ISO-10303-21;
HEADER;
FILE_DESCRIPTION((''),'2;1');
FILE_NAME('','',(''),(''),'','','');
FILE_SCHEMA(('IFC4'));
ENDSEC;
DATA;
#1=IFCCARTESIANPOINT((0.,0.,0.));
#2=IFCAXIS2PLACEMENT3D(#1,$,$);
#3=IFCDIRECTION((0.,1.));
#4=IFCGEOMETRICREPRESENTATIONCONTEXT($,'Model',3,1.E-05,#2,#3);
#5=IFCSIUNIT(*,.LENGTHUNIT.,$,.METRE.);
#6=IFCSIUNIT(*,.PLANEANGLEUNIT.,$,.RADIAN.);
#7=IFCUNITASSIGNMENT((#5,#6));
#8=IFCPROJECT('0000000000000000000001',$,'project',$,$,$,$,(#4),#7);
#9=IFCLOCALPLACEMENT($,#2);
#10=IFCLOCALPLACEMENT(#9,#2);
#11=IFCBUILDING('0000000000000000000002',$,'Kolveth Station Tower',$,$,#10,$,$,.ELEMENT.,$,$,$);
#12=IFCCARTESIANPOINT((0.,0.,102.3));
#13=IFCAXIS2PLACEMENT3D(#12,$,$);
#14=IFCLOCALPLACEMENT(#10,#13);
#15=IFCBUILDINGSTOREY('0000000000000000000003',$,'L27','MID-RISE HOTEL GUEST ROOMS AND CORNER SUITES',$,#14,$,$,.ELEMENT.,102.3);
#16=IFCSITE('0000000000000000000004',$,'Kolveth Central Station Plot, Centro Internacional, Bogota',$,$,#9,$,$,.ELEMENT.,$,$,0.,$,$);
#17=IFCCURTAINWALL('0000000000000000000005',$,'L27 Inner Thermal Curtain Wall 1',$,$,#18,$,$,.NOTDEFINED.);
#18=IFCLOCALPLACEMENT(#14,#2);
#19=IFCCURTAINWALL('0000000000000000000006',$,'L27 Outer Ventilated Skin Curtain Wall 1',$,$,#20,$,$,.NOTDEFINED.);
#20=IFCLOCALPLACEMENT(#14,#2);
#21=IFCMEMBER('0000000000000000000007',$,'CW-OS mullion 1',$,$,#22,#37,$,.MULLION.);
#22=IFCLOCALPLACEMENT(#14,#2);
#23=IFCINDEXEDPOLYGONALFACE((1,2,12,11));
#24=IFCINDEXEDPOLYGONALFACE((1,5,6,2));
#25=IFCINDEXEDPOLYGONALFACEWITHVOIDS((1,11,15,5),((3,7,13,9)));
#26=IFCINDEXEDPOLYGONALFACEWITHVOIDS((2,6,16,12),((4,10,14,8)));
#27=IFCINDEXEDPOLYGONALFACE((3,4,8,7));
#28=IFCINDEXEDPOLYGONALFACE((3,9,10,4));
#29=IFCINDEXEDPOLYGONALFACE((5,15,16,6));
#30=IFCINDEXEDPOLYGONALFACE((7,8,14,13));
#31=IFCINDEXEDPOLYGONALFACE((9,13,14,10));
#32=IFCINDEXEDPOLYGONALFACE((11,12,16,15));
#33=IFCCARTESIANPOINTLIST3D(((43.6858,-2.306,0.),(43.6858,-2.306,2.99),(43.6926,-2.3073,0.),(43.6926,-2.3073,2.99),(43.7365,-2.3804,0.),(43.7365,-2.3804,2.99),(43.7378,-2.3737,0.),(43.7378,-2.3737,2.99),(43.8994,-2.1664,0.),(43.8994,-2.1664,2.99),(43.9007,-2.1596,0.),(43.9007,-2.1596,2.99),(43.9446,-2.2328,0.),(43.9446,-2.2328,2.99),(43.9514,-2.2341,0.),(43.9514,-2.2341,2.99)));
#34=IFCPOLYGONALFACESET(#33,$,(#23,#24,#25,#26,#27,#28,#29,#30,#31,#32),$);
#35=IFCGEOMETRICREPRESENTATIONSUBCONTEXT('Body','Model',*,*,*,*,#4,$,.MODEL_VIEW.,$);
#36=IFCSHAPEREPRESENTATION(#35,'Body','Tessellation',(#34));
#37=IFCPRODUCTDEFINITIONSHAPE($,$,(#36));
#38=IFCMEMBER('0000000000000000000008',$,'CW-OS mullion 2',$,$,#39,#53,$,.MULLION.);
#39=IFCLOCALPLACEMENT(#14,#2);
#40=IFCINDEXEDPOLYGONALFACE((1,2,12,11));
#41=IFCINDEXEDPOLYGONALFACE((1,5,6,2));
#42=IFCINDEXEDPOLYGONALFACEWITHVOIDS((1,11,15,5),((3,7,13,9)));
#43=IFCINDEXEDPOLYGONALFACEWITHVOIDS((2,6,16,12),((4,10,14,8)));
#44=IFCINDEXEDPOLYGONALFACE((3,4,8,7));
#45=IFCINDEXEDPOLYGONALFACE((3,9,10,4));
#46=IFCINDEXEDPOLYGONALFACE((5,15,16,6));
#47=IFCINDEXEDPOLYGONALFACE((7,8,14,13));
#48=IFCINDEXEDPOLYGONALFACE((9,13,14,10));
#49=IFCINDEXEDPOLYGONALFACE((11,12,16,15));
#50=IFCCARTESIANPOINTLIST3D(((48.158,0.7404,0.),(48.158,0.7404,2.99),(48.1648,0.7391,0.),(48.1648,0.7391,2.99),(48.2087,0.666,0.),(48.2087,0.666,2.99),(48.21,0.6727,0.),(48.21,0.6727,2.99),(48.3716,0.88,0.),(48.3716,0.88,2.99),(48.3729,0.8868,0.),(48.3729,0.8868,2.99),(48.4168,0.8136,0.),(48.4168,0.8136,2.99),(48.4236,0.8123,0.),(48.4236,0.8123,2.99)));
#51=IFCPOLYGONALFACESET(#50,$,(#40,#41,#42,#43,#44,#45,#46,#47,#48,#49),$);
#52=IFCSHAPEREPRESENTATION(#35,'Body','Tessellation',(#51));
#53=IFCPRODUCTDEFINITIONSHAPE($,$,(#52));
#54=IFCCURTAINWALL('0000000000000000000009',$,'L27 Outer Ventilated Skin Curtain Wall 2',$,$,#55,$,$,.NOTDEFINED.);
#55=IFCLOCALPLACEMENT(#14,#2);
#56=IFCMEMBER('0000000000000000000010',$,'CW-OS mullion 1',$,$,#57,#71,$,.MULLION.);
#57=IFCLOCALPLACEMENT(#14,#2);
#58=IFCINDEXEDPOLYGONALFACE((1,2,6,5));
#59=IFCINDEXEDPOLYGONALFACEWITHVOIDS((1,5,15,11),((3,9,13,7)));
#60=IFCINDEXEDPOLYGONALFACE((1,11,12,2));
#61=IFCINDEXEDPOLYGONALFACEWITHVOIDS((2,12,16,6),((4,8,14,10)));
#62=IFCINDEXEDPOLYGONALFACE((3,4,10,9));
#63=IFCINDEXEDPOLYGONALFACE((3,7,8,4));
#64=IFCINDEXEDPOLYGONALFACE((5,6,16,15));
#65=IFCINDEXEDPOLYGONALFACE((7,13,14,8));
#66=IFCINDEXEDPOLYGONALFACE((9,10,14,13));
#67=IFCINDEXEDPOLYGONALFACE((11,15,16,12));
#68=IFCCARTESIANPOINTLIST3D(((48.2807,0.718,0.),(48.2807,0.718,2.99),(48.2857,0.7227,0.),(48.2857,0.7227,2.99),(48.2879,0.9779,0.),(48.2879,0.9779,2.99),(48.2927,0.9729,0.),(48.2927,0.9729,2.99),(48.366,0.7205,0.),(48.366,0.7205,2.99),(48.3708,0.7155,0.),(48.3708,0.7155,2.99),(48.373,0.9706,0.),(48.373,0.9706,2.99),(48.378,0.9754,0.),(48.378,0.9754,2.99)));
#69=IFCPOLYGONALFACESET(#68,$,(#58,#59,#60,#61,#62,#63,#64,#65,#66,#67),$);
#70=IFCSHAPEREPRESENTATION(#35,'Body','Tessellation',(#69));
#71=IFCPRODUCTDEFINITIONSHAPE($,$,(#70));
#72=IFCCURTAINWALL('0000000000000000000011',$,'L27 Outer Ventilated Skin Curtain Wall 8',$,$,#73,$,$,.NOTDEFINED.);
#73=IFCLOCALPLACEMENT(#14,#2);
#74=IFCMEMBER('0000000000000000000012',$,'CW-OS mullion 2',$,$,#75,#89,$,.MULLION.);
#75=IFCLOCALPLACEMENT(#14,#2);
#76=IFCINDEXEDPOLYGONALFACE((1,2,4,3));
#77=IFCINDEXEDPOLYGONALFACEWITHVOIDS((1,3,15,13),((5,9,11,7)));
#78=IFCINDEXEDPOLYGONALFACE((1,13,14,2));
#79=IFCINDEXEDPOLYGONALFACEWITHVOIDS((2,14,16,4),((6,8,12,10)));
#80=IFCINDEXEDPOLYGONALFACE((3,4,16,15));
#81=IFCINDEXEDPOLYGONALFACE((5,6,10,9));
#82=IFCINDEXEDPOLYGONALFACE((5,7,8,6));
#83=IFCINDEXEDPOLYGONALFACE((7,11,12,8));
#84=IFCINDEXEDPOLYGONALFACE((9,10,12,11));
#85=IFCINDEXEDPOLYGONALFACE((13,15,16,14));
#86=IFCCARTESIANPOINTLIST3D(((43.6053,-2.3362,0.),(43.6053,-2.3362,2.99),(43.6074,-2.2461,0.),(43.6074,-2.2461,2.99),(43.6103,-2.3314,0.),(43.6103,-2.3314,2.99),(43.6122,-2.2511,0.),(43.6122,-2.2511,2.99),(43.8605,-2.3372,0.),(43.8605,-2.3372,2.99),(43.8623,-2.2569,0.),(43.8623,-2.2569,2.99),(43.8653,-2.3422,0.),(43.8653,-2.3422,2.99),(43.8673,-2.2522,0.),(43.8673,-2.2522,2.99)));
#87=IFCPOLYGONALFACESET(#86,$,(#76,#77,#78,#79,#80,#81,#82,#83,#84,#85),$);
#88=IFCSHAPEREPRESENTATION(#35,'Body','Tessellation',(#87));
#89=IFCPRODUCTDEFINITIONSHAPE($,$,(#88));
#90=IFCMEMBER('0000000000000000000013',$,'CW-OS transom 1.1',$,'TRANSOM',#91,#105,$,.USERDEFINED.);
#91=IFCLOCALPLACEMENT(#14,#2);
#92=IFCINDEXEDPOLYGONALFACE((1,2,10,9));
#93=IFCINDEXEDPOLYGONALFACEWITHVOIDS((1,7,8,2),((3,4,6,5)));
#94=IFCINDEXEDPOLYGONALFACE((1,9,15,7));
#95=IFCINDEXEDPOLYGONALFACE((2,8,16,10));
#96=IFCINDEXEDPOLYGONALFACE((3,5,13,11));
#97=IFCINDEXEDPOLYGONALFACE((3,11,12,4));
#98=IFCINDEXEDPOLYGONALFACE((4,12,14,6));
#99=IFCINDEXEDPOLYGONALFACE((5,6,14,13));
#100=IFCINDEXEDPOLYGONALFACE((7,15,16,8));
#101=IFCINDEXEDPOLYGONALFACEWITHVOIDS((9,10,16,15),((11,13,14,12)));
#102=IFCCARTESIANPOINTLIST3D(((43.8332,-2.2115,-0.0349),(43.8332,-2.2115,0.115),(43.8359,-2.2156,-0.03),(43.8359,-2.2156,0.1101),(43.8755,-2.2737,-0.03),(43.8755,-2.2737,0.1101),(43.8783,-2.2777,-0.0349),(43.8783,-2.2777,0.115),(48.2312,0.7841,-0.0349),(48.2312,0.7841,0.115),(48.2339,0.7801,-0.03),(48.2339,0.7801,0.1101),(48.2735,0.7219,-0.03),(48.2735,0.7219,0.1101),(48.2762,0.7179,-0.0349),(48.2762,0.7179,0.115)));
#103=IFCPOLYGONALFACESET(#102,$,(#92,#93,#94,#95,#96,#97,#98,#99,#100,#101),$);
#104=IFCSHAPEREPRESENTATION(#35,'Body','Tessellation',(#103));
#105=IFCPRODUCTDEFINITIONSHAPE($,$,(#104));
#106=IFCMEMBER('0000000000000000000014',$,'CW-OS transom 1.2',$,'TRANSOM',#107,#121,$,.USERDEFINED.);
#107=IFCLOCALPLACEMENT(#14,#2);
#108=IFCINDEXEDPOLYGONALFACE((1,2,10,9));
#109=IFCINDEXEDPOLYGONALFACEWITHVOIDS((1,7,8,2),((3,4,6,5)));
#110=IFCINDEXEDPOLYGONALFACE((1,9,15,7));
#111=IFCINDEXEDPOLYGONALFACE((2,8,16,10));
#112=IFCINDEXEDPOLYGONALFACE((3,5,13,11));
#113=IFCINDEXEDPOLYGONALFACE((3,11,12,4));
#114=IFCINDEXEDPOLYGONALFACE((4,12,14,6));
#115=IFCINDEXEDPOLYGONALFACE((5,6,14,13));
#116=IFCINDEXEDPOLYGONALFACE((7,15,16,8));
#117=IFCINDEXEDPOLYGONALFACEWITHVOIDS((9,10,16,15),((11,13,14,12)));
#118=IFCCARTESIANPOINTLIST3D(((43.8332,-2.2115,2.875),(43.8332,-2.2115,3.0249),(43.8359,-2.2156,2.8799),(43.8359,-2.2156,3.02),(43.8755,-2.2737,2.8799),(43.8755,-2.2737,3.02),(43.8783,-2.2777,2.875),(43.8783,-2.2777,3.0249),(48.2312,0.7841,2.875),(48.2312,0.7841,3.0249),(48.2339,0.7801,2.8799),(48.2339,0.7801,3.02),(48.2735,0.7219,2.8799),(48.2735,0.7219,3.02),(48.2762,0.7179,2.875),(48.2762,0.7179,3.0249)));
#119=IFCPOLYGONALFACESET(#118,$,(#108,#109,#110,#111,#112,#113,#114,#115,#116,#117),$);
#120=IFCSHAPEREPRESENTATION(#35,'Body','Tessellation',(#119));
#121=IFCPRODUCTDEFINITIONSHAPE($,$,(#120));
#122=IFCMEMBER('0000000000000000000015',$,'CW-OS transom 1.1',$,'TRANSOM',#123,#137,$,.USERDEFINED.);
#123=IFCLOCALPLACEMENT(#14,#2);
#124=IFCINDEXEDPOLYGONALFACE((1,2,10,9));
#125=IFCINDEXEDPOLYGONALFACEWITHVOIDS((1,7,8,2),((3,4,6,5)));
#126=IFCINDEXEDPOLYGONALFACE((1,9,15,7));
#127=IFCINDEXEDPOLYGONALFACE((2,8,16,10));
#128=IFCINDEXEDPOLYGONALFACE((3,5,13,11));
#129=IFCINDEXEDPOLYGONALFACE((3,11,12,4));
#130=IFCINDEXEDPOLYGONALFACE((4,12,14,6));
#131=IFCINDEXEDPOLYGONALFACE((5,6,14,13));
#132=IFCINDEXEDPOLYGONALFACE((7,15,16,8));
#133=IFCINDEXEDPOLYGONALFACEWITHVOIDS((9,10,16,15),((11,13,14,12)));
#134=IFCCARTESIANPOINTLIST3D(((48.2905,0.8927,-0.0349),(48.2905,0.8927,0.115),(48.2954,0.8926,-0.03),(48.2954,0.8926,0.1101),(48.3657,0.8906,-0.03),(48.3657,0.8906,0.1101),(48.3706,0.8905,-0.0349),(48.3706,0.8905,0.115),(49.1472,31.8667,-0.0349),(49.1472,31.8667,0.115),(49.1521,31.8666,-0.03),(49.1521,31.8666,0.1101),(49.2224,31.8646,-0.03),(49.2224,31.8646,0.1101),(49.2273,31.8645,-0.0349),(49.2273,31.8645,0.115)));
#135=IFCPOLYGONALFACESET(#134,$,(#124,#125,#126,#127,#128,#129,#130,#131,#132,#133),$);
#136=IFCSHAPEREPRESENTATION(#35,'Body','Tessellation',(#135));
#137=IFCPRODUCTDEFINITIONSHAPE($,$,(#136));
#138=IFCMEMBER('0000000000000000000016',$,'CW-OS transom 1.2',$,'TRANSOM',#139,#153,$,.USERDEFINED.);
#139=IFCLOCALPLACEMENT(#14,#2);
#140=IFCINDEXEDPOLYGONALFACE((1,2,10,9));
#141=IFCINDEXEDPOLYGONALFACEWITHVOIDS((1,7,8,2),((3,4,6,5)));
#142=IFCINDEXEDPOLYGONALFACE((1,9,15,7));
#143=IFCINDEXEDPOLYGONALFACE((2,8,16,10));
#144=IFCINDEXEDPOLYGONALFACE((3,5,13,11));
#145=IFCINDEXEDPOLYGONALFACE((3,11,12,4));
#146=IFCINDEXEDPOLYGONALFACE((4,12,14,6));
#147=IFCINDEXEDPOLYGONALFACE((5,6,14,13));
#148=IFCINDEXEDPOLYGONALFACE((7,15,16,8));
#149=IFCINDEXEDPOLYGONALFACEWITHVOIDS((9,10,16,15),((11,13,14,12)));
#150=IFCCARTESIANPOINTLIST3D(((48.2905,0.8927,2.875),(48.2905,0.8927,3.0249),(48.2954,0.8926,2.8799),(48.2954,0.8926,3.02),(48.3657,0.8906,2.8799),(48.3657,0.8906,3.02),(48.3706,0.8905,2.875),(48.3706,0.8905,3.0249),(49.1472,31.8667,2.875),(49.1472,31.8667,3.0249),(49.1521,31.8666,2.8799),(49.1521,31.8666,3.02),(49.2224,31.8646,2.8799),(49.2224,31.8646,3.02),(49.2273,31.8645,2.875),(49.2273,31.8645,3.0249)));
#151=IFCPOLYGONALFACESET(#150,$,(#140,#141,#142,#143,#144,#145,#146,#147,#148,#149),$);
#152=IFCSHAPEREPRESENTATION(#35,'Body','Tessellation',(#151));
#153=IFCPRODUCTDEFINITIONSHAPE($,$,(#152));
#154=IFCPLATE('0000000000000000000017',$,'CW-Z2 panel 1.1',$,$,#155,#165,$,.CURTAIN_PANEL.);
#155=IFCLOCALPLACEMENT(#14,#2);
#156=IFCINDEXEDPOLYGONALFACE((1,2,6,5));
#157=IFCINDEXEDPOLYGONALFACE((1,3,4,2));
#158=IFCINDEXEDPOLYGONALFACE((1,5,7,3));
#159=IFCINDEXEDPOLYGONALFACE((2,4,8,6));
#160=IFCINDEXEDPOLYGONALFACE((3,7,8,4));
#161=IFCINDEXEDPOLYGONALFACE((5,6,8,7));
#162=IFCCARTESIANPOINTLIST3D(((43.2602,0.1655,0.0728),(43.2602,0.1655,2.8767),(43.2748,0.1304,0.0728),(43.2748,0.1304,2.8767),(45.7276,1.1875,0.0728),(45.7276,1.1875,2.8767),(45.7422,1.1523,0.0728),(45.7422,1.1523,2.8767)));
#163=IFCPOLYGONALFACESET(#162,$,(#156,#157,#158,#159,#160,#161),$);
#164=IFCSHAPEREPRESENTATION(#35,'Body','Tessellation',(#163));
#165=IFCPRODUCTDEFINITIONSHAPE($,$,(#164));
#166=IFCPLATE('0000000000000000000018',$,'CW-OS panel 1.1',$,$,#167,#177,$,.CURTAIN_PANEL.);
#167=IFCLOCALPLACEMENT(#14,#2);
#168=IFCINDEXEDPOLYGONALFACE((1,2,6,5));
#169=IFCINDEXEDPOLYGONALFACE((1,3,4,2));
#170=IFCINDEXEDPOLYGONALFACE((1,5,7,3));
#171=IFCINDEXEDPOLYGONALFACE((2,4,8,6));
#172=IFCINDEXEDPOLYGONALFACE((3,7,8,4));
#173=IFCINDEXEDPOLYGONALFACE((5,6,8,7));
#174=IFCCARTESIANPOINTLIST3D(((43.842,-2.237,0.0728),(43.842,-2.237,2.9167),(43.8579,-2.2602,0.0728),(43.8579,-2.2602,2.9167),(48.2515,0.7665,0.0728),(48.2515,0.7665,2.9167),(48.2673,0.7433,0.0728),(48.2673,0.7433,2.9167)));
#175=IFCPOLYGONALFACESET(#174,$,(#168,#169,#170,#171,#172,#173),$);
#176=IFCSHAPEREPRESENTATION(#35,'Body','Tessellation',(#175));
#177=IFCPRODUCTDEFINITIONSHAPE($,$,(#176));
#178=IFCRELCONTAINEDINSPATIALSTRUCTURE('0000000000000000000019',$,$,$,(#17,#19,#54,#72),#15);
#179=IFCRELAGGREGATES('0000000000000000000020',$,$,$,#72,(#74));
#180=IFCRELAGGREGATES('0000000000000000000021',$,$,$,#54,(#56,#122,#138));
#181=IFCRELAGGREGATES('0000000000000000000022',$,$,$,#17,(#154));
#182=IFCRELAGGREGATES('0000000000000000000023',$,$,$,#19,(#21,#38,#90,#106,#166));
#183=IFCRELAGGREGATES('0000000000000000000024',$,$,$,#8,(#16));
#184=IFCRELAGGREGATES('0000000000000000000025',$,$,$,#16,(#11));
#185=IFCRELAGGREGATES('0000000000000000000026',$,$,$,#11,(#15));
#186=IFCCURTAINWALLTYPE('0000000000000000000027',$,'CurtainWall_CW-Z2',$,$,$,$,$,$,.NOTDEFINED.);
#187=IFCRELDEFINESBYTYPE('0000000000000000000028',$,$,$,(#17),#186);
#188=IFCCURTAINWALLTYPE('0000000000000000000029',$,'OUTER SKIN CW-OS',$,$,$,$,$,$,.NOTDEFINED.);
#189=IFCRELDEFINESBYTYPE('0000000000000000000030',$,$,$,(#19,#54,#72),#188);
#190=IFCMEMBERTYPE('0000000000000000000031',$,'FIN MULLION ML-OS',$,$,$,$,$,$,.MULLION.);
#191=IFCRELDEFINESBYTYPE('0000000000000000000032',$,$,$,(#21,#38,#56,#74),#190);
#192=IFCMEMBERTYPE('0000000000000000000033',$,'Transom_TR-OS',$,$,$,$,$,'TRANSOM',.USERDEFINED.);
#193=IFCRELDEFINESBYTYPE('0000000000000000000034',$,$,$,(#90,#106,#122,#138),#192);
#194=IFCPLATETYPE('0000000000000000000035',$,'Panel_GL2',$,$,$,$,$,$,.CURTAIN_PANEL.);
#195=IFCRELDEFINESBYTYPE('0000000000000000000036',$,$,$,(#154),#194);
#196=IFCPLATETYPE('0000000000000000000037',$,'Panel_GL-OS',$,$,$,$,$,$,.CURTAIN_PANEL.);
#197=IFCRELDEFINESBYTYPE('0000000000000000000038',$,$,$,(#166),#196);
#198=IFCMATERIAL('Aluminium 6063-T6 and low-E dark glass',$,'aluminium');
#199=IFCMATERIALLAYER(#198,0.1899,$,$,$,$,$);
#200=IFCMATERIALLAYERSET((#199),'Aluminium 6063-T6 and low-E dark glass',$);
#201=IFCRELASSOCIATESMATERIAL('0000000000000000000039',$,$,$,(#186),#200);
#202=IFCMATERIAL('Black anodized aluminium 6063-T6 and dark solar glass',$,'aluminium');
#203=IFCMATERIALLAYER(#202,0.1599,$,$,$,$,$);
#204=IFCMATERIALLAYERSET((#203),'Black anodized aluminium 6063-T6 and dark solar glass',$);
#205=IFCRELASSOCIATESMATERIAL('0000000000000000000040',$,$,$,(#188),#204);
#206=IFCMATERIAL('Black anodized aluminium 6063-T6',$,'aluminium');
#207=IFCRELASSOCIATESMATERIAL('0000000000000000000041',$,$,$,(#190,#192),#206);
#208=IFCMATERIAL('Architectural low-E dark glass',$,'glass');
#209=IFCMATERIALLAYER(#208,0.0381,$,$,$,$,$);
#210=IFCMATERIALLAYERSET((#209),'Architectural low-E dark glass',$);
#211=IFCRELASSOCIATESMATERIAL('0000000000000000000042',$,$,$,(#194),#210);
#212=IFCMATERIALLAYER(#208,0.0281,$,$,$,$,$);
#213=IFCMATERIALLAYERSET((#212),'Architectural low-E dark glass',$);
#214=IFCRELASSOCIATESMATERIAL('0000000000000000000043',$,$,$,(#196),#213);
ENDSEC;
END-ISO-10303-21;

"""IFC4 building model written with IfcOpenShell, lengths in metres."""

from ifc_helpers import new_model, si_unit, direction, frame, origin, origin_2d, place, context, subcontext, project, spatial, rectangle, hollow_rectangle, extrude, source, transform, mapped, material, layer, layer_set, material_profile, profile_set, type_object, element, aggregate, save


model = new_model("IFC4")

# Units and contexts
model_context = context("Model", 3, precision=1e-05, world=origin(), true_north=direction((0.0, 1.0)))
body_context = subcontext(model_context, "Body", "Model", "MODEL_VIEW")
ifc_project = project(units=[si_unit("LENGTHUNIT", "METRE"), si_unit("PLANEANGLEUNIT", "RADIAN")], contexts=[model_context])

# Site, building, storey
site_placement = place(None, origin())
site = spatial("IfcSite", under=ifc_project, at=site_placement, Name="Kolveth Central Station Plot, Centro Internacional, Bogota", CompositionType="ELEMENT", RefElevation=0.0)
building_placement = place(site_placement, origin())
building = spatial("IfcBuilding", under=site, at=building_placement, Name="Kolveth Station Tower", CompositionType="ELEMENT")
storey_placement = place(building_placement, frame((0.0, 0.0, 102.3)))
storey = spatial("IfcBuildingStorey", under=building, at=storey_placement, Name="L27", Description="MID-RISE HOTEL GUEST ROOMS AND CORNER SUITES", CompositionType="ELEMENT", Elevation=102.3)

# Curtain wall
ifc_material_1 = material(Name="Aluminium 6063-T6 and low-E dark glass", Category="aluminium")
ifc_layer_1 = layer(ifc_material_1, 0.1899)
ifc_layer_set_1 = layer_set([ifc_layer_1], Name="Aluminium 6063-T6 and low-E dark glass")
curtain_wall_type_1 = type_object("IfcCurtainWallType", Name="CurtainWall_CW-Z2", PredefinedType="NOTDEFINED", material=ifc_layer_set_1)
curtain_wall_1_placement = place(storey_placement, origin())
curtain_wall_1 = element("IfcCurtainWall", 1, at=curtain_wall_1_placement, inside=storey, type_object=curtain_wall_type_1, Name="L27 Inner Thermal Curtain Wall 1", PredefinedType="NOTDEFINED")
ifc_material_2 = material(Name="Black anodized aluminium 6063-T6", Category="aluminium")

# Curtain wall, members
ifc_material_3 = material(Name="Black anodized aluminium 6063-T6 and dark solar glass", Category="aluminium")
ifc_layer_2 = layer(ifc_material_3, 0.1599)
ifc_layer_set_2 = layer_set([ifc_layer_2], Name="Black anodized aluminium 6063-T6 and dark solar glass")
curtain_wall_type_2 = type_object("IfcCurtainWallType", Name="OUTER SKIN CW-OS", PredefinedType="NOTDEFINED", material=ifc_layer_set_2)
curtain_wall_2_placement = place(storey_placement, origin())
curtain_wall_2 = element("IfcCurtainWall", 2, at=curtain_wall_2_placement, inside=storey, type_object=curtain_wall_type_2, Name="L27 Outer Ventilated Skin Curtain Wall 1", PredefinedType="NOTDEFINED")
ifc_material_profile_1 = material_profile(ifc_material_2, hollow_rectangle(XDim=0.0901, YDim=0.26, WallThickness=0.0049, at=origin_2d()), Name="ALU-90x260x5")
ifc_profile_set_1 = profile_set([ifc_material_profile_1], Name="Black anodized aluminium 6063-T6")
member_type_1 = type_object("IfcMemberType", Name="FIN MULLION ML-OS", PredefinedType="MULLION", material=ifc_profile_set_1)
shared_shape_1 = source(origin(), body_context, "Body", "SweptSolid", [
    extrude(hollow_rectangle(XDim=0.0901, YDim=0.26, WallThickness=0.0049, at=origin_2d()), origin(), (0.0, 0.0, 1.0), 2.99),
])
member_1_placement = place(storey_placement, frame((43.8186, -2.27, 0.0), z_axis=(0.0, 0.0, 1.0), x_axis=(-0.562958, 0.826486, 0.0)))
member_1 = element("IfcMember", 3, at=member_1_placement, type_object=member_type_1, Name="CW-OS mullion 1", PredefinedType="MULLION", context=body_context, shape_type="MappedRepresentation", body=[
    mapped(shared_shape_1, transform((0.0, 0.0, 0.0), x_axis=(1.0, 0.0, 0.0), y_axis=(0.0, 1.0, 0.0), z_axis=(0.0, 0.0, 1.0), scale=1.0)),
])
member_2_placement = place(storey_placement, frame((48.2908, 0.7764, 0.0), z_axis=(0.0, 0.0, 1.0), x_axis=(-0.562958, 0.826486, 0.0)))
member_2 = element("IfcMember", 4, at=member_2_placement, type_object=member_type_1, Name="CW-OS mullion 2", PredefinedType="MULLION", context=body_context, shape_type="MappedRepresentation", body=[
    mapped(shared_shape_1, transform((0.0, 0.0, 0.0), x_axis=(1.0, 0.0, 0.0), y_axis=(0.0, 1.0, 0.0), z_axis=(0.0, 0.0, 1.0), scale=1.0)),
])

# Curtain walls, members
curtain_wall_3_placement = place(storey_placement, origin())
curtain_wall_3 = element("IfcCurtainWall", 5, at=curtain_wall_3_placement, inside=storey, type_object=curtain_wall_type_2, Name="L27 Outer Ventilated Skin Curtain Wall 2", PredefinedType="NOTDEFINED")
member_3_placement = place(storey_placement, frame((48.3293, 0.8467, 0.0), z_axis=(0.0, 0.0, 1.0), x_axis=(-0.999618, 0.027649, 0.0)))
member_3 = element("IfcMember", 6, at=member_3_placement, type_object=member_type_1, Name="CW-OS mullion 1", PredefinedType="MULLION", context=body_context, shape_type="MappedRepresentation", body=[
    mapped(shared_shape_1, transform((0.0, 0.0, 0.0), x_axis=(1.0, 0.0, 0.0), y_axis=(0.0, 1.0, 0.0), z_axis=(0.0, 0.0, 1.0), scale=1.0)),
])
curtain_wall_4_placement = place(storey_placement, origin())
curtain_wall_4 = element("IfcCurtainWall", 7, at=curtain_wall_4_placement, inside=storey, type_object=curtain_wall_type_2, Name="L27 Outer Ventilated Skin Curtain Wall 8", PredefinedType="NOTDEFINED")
member_4_placement = place(storey_placement, frame((43.7363, -2.2942, 0.0), z_axis=(0.0, 0.0, 1.0), x_axis=(0.023234, 0.99973, 0.0)))
member_4 = element("IfcMember", 8, at=member_4_placement, type_object=member_type_1, Name="CW-OS mullion 2", PredefinedType="MULLION", context=body_context, shape_type="MappedRepresentation", body=[
    mapped(shared_shape_1, transform((0.0, 0.0, 0.0), x_axis=(1.0, 0.0, 0.0), y_axis=(0.0, 1.0, 0.0), z_axis=(0.0, 0.0, 1.0), scale=1.0)),
])
aggregate(curtain_wall_4, [member_4])

# Members
ifc_material_profile_2 = material_profile(ifc_material_2, hollow_rectangle(XDim=0.0801, YDim=0.1499, WallThickness=0.0049, at=origin_2d()), Name="ALU-80x150x5")
ifc_profile_set_2 = profile_set([ifc_material_profile_2], Name="Black anodized aluminium 6063-T6")
member_type_2 = type_object("IfcMemberType", Name="Transom_TR-OS", ElementType="TRANSOM", PredefinedType="USERDEFINED", material=ifc_profile_set_2)
shared_shape_2 = source(origin(), body_context, "Body", "SweptSolid", [
    extrude(hollow_rectangle(XDim=0.0801, YDim=0.1499, WallThickness=0.0049, at=origin_2d()), origin(), (0.0, 0.0, 1.0), 5.3213),
])
member_5_placement = place(storey_placement, frame((43.8557, -2.2446, 0.04), z_axis=(0.826489, 0.562952, 0.0), x_axis=(-0.562952, 0.826489, 0.0)))
member_5 = element("IfcMember", 9, at=member_5_placement, type_object=member_type_2, Name="CW-OS transom 1.1", ObjectType="TRANSOM", PredefinedType="USERDEFINED", context=body_context, shape_type="MappedRepresentation", body=[
    mapped(shared_shape_2, transform((0.0, 0.0, 0.0), x_axis=(1.0, 0.0, 0.0), y_axis=(0.0, 1.0, 0.0), z_axis=(0.0, 0.0, 1.0), scale=1.0)),
])
member_6_placement = place(storey_placement, frame((43.8557, -2.2446, 2.95), z_axis=(0.826489, 0.562952, 0.0), x_axis=(-0.562952, 0.826489, 0.0)))
member_6 = element("IfcMember", 10, at=member_6_placement, type_object=member_type_2, Name="CW-OS transom 1.2", ObjectType="TRANSOM", PredefinedType="USERDEFINED", context=body_context, shape_type="MappedRepresentation", body=[
    mapped(shared_shape_2, transform((0.0, 0.0, 0.0), x_axis=(1.0, 0.0, 0.0), y_axis=(0.0, 1.0, 0.0), z_axis=(0.0, 0.0, 1.0), scale=1.0)),
])
shared_shape_3 = source(origin(), body_context, "Body", "SweptSolid", [
    extrude(hollow_rectangle(XDim=0.0801, YDim=0.1499, WallThickness=0.0049, at=origin_2d()), origin(), (0.0, 0.0, 1.0), 30.9858),
])
member_7_placement = place(storey_placement, frame((48.3306, 0.8916, 0.04), z_axis=(0.027648, 0.999618, 0.0), x_axis=(-0.999618, 0.027648, 0.0)))
member_7 = element("IfcMember", 11, at=member_7_placement, type_object=member_type_2, Name="CW-OS transom 1.1", ObjectType="TRANSOM", PredefinedType="USERDEFINED", context=body_context, shape_type="MappedRepresentation", body=[
    mapped(shared_shape_3, transform((0.0, 0.0, 0.0), x_axis=(1.0, 0.0, 0.0), y_axis=(0.0, 1.0, 0.0), z_axis=(0.0, 0.0, 1.0), scale=1.0)),
])
member_8_placement = place(storey_placement, frame((48.3306, 0.8916, 2.95), z_axis=(0.027648, 0.999618, 0.0), x_axis=(-0.999618, 0.027648, 0.0)))
member_8 = element("IfcMember", 12, at=member_8_placement, type_object=member_type_2, Name="CW-OS transom 1.2", ObjectType="TRANSOM", PredefinedType="USERDEFINED", context=body_context, shape_type="MappedRepresentation", body=[
    mapped(shared_shape_3, transform((0.0, 0.0, 0.0), x_axis=(1.0, 0.0, 0.0), y_axis=(0.0, 1.0, 0.0), z_axis=(0.0, 0.0, 1.0), scale=1.0)),
])
aggregate(curtain_wall_3, [member_3, member_7, member_8])

# Plates
ifc_material_4 = material(Name="Architectural low-E dark glass", Category="glass")
ifc_layer_3 = layer(ifc_material_4, 0.0381)
ifc_layer_set_3 = layer_set([ifc_layer_3], Name="Architectural low-E dark glass")
plate_type_1 = type_object("IfcPlateType", Name="Panel_GL2", PredefinedType="CURTAIN_PANEL", material=ifc_layer_set_3)
shared_shape_4 = source(origin(), body_context, "Body", "SweptSolid", [
    extrude(rectangle(XDim=2.6707, YDim=0.0381, at=origin_2d()), origin(), (0.0, 0.0, 1.0), 2.804),
])
plate_1_placement = place(storey_placement, frame((44.5012, 0.6589, 0.0728), z_axis=(0.0, 0.0, 1.0), x_axis=(0.923888, 0.382663, 0.0)))
plate_1 = element("IfcPlate", 13, at=plate_1_placement, type_object=plate_type_1, Name="CW-Z2 panel 1.1", PredefinedType="CURTAIN_PANEL", context=body_context, shape_type="MappedRepresentation", body=[
    mapped(shared_shape_4, transform((0.0, 0.0, 0.0), x_axis=(1.0, 0.0, 0.0), y_axis=(0.0, 1.0, 0.0), z_axis=(0.0, 0.0, 1.0), scale=1.0)),
])
aggregate(curtain_wall_1, [plate_1])
ifc_layer_4 = layer(ifc_material_4, 0.0281)
ifc_layer_set_4 = layer_set([ifc_layer_4], Name="Architectural low-E dark glass")
plate_type_2 = type_object("IfcPlateType", Name="Panel_GL-OS", PredefinedType="CURTAIN_PANEL", material=ifc_layer_set_4)
shared_shape_5 = source(origin(), body_context, "Body", "SweptSolid", [
    extrude(rectangle(XDim=5.3352, YDim=0.0281, at=origin_2d()), origin(), (0.0, 0.0, 1.0), 2.844),
])
plate_2_placement = place(storey_placement, frame((46.0547, -0.7468, 0.0728), z_axis=(0.0, 0.0, 1.0), x_axis=(0.826486, 0.562958, 0.0)))
plate_2 = element("IfcPlate", 14, at=plate_2_placement, type_object=plate_type_2, Name="CW-OS panel 1.1", PredefinedType="CURTAIN_PANEL", context=body_context, shape_type="MappedRepresentation", body=[
    mapped(shared_shape_5, transform((0.0, 0.0, 0.0), x_axis=(1.0, 0.0, 0.0), y_axis=(0.0, 1.0, 0.0), z_axis=(0.0, 0.0, 1.0), scale=1.0)),
])
aggregate(curtain_wall_2, [member_1, member_2, member_5, member_6, plate_2])

save(model, "model.ifc")
